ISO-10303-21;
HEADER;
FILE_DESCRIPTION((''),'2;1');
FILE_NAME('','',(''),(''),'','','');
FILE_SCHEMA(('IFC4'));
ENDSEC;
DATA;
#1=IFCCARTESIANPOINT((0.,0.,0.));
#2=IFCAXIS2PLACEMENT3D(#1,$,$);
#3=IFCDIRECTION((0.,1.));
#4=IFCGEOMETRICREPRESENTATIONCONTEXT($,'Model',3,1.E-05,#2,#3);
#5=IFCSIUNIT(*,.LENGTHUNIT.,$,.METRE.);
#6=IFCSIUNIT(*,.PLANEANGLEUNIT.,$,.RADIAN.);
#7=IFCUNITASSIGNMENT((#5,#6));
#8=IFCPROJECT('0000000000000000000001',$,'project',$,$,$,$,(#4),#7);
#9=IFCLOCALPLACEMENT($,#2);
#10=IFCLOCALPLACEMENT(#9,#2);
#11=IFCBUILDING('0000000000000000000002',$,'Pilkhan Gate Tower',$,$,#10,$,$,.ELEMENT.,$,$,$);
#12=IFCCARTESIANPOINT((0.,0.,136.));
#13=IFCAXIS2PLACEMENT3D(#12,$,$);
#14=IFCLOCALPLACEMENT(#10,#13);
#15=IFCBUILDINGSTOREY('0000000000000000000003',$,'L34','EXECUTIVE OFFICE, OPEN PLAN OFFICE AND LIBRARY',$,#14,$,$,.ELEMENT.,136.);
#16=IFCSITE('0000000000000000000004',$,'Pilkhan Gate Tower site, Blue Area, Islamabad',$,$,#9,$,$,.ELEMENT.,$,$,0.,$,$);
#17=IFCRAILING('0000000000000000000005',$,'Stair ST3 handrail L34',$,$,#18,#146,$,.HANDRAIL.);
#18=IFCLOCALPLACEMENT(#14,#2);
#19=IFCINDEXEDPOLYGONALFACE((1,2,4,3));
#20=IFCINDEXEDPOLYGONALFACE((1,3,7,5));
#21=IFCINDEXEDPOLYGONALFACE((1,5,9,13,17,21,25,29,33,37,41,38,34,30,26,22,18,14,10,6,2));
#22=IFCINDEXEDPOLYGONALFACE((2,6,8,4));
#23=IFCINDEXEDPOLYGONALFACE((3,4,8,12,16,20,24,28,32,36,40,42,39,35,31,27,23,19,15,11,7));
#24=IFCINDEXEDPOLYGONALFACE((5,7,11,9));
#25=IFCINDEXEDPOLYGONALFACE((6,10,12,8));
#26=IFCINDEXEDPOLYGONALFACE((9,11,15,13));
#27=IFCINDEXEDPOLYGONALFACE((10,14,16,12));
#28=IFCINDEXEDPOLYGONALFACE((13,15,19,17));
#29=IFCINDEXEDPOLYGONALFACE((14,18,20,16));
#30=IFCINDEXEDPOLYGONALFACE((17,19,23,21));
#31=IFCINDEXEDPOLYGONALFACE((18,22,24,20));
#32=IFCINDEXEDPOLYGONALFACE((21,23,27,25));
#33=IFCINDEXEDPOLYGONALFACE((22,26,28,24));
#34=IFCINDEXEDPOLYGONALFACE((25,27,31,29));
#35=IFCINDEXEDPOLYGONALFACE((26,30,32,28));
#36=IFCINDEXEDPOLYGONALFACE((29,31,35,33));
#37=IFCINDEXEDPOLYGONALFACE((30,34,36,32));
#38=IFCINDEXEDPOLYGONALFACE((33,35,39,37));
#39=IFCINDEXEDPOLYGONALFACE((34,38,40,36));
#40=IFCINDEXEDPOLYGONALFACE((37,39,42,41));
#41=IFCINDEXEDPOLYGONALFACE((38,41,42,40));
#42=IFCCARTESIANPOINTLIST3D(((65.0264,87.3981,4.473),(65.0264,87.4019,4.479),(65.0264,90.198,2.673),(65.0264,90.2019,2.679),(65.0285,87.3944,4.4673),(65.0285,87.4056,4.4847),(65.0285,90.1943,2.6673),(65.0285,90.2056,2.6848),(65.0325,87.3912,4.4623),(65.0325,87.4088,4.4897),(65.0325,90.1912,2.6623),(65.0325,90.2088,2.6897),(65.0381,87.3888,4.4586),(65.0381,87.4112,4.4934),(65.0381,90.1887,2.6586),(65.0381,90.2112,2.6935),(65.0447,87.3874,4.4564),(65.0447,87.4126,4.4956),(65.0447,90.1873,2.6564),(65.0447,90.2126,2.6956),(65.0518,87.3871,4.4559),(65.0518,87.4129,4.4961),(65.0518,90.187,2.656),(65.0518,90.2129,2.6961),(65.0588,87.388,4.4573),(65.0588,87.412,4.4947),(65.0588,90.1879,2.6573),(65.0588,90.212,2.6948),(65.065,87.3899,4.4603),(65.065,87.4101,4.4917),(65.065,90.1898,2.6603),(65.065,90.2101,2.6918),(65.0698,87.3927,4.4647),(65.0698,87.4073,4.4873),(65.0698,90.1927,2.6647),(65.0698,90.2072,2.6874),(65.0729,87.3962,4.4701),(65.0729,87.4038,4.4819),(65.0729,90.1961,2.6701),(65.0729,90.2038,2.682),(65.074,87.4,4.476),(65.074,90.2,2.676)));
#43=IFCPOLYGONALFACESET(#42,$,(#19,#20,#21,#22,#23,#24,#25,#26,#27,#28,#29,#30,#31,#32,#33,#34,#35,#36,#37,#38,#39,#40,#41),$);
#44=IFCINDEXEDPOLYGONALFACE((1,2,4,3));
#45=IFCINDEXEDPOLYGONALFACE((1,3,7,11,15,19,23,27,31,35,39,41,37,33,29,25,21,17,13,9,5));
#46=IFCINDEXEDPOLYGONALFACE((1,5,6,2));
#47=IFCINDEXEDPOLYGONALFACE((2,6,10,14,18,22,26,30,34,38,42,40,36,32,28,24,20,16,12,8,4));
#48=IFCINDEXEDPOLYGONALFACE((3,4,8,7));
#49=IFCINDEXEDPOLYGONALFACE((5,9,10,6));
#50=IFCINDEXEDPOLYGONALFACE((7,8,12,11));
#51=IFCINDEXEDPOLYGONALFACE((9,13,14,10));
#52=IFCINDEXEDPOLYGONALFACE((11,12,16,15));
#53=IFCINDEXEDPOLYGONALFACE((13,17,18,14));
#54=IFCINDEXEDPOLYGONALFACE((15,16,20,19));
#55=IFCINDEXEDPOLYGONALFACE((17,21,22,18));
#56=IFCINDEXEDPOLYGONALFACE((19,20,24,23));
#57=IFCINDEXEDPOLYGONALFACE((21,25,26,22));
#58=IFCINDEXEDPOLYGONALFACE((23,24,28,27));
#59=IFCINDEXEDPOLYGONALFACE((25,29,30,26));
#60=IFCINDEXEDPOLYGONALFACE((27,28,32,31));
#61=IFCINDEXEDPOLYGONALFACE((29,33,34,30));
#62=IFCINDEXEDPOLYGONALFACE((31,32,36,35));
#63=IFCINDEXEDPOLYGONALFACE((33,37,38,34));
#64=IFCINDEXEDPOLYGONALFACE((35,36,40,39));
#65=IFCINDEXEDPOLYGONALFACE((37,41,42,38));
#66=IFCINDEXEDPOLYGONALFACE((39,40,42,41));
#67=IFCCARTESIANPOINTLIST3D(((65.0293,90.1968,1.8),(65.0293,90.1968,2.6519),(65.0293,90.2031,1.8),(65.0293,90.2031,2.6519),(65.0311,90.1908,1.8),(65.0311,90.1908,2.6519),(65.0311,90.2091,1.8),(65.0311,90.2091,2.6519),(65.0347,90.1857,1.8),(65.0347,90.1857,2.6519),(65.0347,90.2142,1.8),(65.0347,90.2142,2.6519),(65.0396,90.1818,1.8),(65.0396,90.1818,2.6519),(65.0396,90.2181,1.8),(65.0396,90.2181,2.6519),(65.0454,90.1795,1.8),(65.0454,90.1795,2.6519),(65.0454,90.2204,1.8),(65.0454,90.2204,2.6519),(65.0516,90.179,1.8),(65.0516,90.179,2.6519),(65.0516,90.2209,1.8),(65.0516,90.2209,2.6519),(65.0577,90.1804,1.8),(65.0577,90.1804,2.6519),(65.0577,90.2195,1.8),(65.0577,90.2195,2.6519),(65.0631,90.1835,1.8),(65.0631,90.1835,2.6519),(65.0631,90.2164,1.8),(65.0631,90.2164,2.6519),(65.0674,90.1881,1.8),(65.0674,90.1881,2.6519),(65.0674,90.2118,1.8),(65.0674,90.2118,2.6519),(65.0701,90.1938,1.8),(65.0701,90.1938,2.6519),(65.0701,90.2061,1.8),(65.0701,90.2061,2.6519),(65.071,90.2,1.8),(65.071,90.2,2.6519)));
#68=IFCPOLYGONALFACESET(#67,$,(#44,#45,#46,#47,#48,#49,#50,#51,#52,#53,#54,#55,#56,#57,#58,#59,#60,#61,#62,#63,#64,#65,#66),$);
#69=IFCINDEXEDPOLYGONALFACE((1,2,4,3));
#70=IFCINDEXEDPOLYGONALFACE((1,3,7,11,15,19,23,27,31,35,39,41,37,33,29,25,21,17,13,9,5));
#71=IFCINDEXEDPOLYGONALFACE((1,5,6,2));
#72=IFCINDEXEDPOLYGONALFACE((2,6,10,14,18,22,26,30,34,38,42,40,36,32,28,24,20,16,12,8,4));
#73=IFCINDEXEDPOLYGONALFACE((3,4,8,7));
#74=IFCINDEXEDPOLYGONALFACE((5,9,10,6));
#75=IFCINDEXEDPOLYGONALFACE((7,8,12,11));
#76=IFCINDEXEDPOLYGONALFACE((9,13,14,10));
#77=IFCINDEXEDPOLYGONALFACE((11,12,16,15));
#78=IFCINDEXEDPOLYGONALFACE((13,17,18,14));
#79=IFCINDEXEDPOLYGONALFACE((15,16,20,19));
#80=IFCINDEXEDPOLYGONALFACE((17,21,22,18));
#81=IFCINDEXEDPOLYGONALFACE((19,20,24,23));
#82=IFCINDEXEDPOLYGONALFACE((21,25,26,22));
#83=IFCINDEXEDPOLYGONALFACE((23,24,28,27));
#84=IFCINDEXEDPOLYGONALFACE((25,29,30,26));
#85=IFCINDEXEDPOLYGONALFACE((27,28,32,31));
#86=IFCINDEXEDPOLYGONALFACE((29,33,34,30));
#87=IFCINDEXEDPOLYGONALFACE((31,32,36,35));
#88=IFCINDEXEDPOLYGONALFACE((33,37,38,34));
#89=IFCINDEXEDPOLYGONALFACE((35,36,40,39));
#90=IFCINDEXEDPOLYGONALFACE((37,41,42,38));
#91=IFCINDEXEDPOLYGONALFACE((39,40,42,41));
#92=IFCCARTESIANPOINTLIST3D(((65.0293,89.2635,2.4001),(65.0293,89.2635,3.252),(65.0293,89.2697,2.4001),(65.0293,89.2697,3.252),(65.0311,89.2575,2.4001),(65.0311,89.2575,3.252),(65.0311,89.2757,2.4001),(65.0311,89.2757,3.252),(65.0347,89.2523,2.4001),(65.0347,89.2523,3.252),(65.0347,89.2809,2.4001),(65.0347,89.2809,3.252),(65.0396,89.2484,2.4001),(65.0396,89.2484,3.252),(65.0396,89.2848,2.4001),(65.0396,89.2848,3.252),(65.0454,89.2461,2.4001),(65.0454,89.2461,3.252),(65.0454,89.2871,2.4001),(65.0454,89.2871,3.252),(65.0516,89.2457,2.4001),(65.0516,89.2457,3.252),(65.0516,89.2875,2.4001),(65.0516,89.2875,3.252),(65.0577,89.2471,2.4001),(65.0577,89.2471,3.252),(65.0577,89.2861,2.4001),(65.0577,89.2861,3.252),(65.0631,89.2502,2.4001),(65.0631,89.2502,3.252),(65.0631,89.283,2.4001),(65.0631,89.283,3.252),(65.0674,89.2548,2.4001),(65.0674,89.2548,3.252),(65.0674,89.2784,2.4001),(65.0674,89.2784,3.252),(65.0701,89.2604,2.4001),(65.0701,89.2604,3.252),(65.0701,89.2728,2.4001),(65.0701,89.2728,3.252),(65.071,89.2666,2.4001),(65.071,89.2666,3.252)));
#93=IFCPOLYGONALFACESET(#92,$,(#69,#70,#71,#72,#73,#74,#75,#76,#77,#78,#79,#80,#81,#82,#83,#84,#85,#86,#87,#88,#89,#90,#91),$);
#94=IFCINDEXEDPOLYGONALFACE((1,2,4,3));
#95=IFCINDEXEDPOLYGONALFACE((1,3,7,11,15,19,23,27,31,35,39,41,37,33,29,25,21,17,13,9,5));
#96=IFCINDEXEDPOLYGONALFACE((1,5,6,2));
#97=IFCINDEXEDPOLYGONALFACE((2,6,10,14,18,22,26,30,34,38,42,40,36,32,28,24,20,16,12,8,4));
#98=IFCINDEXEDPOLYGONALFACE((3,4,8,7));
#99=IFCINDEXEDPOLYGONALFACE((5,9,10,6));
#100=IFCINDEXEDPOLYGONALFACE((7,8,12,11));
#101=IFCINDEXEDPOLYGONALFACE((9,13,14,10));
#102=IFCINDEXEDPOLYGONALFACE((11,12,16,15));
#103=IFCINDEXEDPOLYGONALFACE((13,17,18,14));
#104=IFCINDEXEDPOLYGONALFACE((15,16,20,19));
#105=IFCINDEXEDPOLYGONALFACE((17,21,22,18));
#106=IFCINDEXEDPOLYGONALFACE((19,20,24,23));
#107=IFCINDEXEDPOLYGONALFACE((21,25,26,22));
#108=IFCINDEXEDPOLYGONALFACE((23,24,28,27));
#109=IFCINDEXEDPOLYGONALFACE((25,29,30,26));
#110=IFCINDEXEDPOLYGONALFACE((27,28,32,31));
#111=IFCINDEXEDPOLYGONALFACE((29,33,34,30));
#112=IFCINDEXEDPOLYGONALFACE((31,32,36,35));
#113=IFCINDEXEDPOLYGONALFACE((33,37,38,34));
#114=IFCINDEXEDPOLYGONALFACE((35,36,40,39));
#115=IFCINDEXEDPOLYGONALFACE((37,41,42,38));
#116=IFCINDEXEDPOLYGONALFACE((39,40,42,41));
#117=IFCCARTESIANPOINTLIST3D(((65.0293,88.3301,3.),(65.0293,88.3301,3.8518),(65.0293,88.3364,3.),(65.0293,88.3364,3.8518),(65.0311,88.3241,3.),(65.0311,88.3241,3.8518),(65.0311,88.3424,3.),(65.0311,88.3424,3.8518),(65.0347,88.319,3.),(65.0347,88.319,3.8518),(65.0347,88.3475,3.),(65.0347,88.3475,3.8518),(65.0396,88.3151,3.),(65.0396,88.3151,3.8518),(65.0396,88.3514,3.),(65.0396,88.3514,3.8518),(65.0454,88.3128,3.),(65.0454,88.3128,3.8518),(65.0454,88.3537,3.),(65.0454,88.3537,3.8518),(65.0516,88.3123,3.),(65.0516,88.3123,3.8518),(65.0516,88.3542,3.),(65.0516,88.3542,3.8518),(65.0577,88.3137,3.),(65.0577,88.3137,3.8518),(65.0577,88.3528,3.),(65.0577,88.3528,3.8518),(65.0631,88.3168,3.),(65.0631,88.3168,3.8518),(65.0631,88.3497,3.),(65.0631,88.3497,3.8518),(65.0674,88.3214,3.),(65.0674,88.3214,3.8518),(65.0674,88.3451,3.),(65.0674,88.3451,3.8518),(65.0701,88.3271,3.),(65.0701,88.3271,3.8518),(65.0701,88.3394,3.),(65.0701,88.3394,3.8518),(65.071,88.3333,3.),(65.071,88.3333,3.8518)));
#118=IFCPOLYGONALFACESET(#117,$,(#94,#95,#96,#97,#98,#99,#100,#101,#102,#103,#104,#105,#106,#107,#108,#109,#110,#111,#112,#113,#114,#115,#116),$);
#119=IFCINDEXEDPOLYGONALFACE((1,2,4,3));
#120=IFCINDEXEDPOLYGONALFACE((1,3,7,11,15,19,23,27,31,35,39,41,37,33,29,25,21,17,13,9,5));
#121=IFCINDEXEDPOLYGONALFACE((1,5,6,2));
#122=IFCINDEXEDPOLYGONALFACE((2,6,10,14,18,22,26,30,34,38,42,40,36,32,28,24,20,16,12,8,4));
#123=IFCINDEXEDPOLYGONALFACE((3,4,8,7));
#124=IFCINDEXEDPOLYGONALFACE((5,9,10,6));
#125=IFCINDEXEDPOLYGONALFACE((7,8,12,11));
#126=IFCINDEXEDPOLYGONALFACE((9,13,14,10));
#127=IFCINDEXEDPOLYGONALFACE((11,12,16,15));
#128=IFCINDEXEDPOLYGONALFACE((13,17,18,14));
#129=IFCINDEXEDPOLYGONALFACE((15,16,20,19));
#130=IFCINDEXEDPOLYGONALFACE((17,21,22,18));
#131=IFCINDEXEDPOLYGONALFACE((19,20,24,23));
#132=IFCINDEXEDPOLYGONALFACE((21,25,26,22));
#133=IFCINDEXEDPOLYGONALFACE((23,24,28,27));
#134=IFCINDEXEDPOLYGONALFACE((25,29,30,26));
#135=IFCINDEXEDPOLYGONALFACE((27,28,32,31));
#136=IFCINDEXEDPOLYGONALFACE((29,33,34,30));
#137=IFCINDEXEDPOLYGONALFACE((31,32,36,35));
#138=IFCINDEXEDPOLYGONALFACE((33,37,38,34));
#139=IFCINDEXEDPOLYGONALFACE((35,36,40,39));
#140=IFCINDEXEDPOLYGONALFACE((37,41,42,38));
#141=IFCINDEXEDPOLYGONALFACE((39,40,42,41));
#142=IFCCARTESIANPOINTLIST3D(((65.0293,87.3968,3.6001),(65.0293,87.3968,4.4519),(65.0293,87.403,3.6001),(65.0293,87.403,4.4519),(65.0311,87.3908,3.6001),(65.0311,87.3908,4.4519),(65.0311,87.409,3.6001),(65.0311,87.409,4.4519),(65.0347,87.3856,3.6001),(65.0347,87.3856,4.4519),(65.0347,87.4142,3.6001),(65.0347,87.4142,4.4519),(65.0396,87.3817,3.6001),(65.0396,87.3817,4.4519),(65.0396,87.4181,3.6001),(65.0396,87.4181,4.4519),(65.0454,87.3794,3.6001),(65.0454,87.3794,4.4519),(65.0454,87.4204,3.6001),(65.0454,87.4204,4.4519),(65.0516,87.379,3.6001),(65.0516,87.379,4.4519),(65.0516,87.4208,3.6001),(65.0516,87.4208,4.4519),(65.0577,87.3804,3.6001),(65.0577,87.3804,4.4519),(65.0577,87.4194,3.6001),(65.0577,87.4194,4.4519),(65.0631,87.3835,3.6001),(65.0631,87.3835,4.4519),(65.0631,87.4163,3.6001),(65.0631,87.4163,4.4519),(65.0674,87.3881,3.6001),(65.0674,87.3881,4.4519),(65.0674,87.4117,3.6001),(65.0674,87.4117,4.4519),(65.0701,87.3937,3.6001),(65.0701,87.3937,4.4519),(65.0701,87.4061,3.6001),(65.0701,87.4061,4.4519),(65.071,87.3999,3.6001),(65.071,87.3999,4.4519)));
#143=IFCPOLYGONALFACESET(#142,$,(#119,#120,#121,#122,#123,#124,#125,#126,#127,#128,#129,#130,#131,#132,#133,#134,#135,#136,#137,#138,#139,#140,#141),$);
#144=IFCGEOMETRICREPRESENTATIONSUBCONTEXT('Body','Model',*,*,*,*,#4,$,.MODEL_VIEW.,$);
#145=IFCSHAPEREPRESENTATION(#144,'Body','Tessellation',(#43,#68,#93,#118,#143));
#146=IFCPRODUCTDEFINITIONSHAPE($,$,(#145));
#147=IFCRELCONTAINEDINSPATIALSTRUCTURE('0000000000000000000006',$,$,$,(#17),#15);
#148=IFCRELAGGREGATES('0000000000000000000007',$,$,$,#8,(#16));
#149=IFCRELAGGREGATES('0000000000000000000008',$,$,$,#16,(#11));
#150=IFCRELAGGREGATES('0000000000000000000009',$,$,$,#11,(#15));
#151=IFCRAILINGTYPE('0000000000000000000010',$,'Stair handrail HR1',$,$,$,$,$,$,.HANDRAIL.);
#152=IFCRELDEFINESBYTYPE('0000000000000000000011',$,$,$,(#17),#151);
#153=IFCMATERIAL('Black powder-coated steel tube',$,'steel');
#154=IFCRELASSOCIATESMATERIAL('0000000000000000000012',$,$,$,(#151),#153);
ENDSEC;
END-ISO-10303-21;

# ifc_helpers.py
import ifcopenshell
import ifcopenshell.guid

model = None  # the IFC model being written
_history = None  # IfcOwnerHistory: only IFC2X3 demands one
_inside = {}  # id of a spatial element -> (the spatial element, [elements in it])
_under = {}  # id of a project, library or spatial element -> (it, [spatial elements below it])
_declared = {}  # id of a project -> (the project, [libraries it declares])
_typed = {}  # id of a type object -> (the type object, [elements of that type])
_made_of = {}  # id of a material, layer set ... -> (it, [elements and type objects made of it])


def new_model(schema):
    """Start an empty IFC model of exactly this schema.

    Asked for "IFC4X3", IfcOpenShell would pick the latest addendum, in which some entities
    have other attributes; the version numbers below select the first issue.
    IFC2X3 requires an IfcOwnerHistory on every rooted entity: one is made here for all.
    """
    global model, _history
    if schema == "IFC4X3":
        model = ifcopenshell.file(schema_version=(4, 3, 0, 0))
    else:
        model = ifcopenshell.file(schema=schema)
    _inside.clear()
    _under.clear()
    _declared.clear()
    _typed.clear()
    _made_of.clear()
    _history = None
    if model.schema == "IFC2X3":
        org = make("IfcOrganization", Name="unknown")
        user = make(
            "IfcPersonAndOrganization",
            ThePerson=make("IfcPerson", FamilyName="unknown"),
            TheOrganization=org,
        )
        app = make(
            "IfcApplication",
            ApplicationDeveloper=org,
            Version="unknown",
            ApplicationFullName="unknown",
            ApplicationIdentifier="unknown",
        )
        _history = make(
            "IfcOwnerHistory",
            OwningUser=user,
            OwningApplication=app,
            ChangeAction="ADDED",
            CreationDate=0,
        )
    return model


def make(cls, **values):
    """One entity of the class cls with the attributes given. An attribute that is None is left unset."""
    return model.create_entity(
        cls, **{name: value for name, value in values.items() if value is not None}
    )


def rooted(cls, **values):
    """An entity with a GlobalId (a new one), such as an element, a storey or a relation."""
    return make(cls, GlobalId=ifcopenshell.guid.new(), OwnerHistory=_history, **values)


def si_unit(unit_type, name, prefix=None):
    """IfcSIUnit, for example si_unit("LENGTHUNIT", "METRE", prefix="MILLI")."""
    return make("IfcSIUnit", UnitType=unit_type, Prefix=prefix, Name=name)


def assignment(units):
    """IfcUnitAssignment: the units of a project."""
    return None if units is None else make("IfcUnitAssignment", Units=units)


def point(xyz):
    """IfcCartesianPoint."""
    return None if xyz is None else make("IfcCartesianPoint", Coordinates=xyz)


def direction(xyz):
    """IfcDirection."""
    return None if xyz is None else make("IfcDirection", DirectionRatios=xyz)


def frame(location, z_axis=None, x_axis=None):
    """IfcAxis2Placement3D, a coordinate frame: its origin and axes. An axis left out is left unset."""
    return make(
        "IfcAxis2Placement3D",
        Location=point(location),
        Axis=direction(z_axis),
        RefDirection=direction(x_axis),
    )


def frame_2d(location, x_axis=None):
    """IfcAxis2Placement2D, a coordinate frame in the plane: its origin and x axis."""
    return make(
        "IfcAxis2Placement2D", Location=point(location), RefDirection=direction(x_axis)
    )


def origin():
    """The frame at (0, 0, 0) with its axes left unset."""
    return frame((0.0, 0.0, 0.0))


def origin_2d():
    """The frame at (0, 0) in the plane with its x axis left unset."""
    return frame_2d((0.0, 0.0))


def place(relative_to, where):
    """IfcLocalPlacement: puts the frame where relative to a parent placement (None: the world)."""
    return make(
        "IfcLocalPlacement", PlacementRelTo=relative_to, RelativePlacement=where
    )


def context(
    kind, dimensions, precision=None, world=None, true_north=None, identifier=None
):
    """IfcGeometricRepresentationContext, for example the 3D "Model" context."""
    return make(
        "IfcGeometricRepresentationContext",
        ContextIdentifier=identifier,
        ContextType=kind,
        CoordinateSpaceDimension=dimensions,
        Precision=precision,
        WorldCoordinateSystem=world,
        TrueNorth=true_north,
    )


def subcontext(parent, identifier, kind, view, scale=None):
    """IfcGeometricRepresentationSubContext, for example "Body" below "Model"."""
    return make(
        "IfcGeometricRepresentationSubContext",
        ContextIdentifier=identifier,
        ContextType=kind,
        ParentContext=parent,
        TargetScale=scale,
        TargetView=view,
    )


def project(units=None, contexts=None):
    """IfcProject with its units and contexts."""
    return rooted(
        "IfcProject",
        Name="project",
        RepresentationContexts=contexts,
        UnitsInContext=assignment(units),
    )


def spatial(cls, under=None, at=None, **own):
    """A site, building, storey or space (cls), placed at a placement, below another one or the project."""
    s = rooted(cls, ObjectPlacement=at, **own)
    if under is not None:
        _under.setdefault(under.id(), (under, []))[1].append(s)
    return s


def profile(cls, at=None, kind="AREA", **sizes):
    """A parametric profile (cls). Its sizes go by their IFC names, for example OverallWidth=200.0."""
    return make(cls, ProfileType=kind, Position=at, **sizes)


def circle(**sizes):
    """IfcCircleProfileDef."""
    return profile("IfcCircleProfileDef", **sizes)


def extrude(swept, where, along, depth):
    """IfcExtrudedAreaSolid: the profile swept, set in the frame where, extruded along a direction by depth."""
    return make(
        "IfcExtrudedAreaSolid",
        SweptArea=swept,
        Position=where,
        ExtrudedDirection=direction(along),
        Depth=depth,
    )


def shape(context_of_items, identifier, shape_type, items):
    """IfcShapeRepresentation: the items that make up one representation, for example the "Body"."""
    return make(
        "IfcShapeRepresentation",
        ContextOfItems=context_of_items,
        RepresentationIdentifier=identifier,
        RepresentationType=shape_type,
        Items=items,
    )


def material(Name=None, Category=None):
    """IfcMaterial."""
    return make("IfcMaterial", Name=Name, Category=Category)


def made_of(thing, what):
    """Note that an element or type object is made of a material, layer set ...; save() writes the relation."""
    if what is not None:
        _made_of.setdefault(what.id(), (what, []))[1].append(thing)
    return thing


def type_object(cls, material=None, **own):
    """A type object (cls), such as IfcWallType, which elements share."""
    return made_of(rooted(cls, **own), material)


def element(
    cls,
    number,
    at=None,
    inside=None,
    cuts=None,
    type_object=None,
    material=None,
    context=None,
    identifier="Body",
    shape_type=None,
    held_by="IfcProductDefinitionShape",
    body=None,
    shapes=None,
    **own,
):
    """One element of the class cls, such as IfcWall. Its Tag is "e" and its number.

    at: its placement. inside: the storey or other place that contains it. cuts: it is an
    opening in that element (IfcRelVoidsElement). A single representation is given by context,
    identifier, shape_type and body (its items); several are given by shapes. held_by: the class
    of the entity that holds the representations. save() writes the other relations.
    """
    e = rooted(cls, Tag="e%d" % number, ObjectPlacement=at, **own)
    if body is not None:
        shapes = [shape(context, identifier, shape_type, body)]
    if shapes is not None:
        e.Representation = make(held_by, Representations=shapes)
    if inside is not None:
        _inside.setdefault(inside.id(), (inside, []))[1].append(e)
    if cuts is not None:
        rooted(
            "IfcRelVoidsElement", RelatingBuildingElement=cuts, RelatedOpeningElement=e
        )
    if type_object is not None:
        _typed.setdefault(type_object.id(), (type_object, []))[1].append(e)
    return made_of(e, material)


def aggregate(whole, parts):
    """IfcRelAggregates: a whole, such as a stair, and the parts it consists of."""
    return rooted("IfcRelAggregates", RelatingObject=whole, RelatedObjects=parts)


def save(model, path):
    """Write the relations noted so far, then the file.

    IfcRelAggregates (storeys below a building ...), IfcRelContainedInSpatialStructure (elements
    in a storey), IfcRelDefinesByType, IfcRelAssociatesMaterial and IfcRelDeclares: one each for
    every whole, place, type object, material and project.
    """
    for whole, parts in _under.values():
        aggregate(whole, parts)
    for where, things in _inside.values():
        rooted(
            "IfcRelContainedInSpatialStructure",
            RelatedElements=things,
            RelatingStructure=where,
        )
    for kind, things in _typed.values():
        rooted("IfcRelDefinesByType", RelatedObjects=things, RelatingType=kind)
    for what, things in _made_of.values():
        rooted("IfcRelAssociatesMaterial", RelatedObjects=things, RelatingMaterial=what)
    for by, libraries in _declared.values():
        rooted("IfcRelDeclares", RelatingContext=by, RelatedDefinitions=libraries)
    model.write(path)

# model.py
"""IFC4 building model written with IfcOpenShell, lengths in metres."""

from ifc_helpers import new_model, si_unit, direction, frame, origin, origin_2d, place, context, subcontext, project, spatial, circle, extrude, material, type_object, element, save


model = new_model("IFC4")

# Units and contexts
model_context = context("Model", 3, precision=1e-05, world=origin(), true_north=direction((0.0, 1.0)))
body_context = subcontext(model_context, "Body", "Model", "MODEL_VIEW")
ifc_project = project(units=[si_unit("LENGTHUNIT", "METRE"), si_unit("PLANEANGLEUNIT", "RADIAN")], contexts=[model_context])

# Site, building, storey
site_placement = place(None, origin())
site = spatial("IfcSite", under=ifc_project, at=site_placement, Name="Pilkhan Gate Tower site, Blue Area, Islamabad", CompositionType="ELEMENT", RefElevation=0.0)
building_placement = place(site_placement, origin())
building = spatial("IfcBuilding", under=site, at=building_placement, Name="Pilkhan Gate Tower", CompositionType="ELEMENT")
storey_placement = place(building_placement, frame((0.0, 0.0, 136.0)))
storey = spatial("IfcBuildingStorey", under=building, at=storey_placement, Name="L34", Description="EXECUTIVE OFFICE, OPEN PLAN OFFICE AND LIBRARY", CompositionType="ELEMENT", Elevation=136.0)

# Railing
ifc_material_1 = material(Name="Black powder-coated steel tube", Category="steel")
railing_type_1 = type_object("IfcRailingType", Name="Stair handrail HR1", PredefinedType="HANDRAIL", material=ifc_material_1)
railing_1_placement = place(storey_placement, frame((65.05, 90.2, 1.8)))
element("IfcRailing", 1, at=railing_1_placement, inside=storey, type_object=railing_type_1, Name="Stair ST3 handrail L34", PredefinedType="HANDRAIL", context=body_context, shape_type="SweptSolid", body=[
    extrude(circle(Radius=0.0239, at=origin_2d()), frame((0.0, 0.0, 0.876), z_axis=(0.0, -0.841176, 0.540761), x_axis=(1.0, 0.0, 0.0)), (0.0, 0.0, 1.0), 3.3286),
    extrude(circle(Radius=0.021, at=origin_2d()), origin(), (0.0, 0.0, 1.0), 0.8518),
    extrude(circle(Radius=0.021, at=origin_2d()), frame((0.0, -0.9333, 0.6001)), (0.0, 0.0, 1.0), 0.8518),
    extrude(circle(Radius=0.021, at=origin_2d()), frame((0.0, -1.8667, 1.2)), (0.0, 0.0, 1.0), 0.8518),
    extrude(circle(Radius=0.021, at=origin_2d()), frame((0.0, -2.8, 1.8)), (0.0, 0.0, 1.0), 0.8518),
])

save(model, "model.ifc")
